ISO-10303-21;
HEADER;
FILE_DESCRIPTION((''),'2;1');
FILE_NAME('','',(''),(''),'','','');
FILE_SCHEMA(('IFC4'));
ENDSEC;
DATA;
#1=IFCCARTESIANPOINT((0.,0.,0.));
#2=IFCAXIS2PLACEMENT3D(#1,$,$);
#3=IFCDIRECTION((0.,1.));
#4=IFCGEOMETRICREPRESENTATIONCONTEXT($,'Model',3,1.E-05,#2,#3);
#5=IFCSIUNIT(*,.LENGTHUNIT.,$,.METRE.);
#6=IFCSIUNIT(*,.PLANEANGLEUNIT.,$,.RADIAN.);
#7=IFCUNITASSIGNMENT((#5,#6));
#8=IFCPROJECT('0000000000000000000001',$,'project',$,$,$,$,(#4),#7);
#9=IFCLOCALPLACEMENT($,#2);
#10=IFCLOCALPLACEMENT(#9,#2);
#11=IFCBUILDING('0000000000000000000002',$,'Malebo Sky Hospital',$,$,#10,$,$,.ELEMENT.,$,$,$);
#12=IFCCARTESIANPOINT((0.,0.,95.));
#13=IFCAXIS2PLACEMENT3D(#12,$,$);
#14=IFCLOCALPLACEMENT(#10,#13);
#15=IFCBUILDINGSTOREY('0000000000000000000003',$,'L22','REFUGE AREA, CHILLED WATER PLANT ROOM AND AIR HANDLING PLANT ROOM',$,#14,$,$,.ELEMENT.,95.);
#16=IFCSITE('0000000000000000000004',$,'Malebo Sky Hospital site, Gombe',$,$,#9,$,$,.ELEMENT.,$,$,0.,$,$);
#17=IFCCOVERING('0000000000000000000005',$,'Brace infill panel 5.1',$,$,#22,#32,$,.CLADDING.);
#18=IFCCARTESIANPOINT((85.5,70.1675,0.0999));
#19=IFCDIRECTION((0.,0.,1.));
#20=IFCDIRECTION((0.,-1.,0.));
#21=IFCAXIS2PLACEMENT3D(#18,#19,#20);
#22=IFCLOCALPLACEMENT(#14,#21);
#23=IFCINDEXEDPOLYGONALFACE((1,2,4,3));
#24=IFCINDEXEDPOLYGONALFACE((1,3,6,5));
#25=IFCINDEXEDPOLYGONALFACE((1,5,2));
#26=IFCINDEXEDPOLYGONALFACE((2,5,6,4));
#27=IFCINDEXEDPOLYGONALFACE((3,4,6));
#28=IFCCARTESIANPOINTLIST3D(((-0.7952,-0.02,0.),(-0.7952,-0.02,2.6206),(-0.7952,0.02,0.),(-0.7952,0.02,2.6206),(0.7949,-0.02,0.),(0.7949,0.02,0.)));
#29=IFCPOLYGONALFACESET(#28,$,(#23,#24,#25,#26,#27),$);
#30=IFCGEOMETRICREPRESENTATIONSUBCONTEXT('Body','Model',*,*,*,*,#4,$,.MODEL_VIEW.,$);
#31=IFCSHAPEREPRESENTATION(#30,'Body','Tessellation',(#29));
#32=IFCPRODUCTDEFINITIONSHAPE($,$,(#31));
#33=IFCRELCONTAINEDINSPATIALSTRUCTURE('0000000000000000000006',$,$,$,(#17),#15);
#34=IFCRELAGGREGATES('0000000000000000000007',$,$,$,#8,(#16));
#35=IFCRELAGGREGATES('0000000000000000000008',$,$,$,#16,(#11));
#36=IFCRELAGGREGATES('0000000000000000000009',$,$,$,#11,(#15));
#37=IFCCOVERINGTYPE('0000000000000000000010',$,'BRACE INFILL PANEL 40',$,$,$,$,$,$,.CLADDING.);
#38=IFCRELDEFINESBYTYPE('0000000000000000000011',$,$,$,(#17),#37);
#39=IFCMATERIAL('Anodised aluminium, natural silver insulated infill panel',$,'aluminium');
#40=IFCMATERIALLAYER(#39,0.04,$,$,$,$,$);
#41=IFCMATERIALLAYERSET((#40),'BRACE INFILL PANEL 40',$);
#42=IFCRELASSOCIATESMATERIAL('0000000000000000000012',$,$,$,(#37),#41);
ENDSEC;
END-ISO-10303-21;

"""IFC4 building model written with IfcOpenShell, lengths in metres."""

from ifc_helpers import new_model, si_unit, direction, frame, origin, place, context, subcontext, project, spatial, polyline, outline, extrude, material, layer, layer_set, type_object, element, save


model = new_model("IFC4")

# Units and contexts
model_context = context("Model", 3, precision=1e-05, world=origin(), true_north=direction((0.0, 1.0)))
body_context = subcontext(model_context, "Body", "Model", "MODEL_VIEW")
ifc_project = project(units=[si_unit("LENGTHUNIT", "METRE"), si_unit("PLANEANGLEUNIT", "RADIAN")], contexts=[model_context])

# Site, building, storey
site_placement = place(None, origin())
site = spatial("IfcSite", under=ifc_project, at=site_placement, Name="Malebo Sky Hospital site, Gombe", CompositionType="ELEMENT", RefElevation=0.0)
building_placement = place(site_placement, origin())
building = spatial("IfcBuilding", under=site, at=building_placement, Name="Malebo Sky Hospital", CompositionType="ELEMENT")
storey_placement = place(building_placement, frame((0.0, 0.0, 95.0)))
storey = spatial("IfcBuildingStorey", under=building, at=storey_placement, Name="L22", Description="REFUGE AREA, CHILLED WATER PLANT ROOM AND AIR HANDLING PLANT ROOM", CompositionType="ELEMENT", Elevation=95.0)

# Covering
ifc_material_1 = material(Name="Anodised aluminium, natural silver insulated infill panel", Category="aluminium")
ifc_layer_1 = layer(ifc_material_1, 0.04)
ifc_layer_set_1 = layer_set([ifc_layer_1], Name="BRACE INFILL PANEL 40")
covering_type = type_object("IfcCoveringType", Name="BRACE INFILL PANEL 40", PredefinedType="CLADDING", material=ifc_layer_set_1)
covering_1_placement = place(storey_placement, frame((85.5, 70.1675, 0.0999), z_axis=(0.0, 0.0, 1.0), x_axis=(0.0, -1.0, 0.0)))
element("IfcCovering", 1, at=covering_1_placement, inside=storey, type_object=covering_type, Name="Brace infill panel 5.1", PredefinedType="CLADDING", context=body_context, shape_type="SweptSolid", body=[
    extrude(outline(polyline([(-0.7952, 0.0), (0.7949, 0.0), (-0.7952, 2.6206), (-0.7952, 0.0)])), frame((0.0, 0.02, 0.0), z_axis=(0.0, -1.0, 0.0), x_axis=(1.0, 0.0, 0.0)), (0.0, 0.0, 1.0), 0.04),
])

save(model, "model.ifc")
